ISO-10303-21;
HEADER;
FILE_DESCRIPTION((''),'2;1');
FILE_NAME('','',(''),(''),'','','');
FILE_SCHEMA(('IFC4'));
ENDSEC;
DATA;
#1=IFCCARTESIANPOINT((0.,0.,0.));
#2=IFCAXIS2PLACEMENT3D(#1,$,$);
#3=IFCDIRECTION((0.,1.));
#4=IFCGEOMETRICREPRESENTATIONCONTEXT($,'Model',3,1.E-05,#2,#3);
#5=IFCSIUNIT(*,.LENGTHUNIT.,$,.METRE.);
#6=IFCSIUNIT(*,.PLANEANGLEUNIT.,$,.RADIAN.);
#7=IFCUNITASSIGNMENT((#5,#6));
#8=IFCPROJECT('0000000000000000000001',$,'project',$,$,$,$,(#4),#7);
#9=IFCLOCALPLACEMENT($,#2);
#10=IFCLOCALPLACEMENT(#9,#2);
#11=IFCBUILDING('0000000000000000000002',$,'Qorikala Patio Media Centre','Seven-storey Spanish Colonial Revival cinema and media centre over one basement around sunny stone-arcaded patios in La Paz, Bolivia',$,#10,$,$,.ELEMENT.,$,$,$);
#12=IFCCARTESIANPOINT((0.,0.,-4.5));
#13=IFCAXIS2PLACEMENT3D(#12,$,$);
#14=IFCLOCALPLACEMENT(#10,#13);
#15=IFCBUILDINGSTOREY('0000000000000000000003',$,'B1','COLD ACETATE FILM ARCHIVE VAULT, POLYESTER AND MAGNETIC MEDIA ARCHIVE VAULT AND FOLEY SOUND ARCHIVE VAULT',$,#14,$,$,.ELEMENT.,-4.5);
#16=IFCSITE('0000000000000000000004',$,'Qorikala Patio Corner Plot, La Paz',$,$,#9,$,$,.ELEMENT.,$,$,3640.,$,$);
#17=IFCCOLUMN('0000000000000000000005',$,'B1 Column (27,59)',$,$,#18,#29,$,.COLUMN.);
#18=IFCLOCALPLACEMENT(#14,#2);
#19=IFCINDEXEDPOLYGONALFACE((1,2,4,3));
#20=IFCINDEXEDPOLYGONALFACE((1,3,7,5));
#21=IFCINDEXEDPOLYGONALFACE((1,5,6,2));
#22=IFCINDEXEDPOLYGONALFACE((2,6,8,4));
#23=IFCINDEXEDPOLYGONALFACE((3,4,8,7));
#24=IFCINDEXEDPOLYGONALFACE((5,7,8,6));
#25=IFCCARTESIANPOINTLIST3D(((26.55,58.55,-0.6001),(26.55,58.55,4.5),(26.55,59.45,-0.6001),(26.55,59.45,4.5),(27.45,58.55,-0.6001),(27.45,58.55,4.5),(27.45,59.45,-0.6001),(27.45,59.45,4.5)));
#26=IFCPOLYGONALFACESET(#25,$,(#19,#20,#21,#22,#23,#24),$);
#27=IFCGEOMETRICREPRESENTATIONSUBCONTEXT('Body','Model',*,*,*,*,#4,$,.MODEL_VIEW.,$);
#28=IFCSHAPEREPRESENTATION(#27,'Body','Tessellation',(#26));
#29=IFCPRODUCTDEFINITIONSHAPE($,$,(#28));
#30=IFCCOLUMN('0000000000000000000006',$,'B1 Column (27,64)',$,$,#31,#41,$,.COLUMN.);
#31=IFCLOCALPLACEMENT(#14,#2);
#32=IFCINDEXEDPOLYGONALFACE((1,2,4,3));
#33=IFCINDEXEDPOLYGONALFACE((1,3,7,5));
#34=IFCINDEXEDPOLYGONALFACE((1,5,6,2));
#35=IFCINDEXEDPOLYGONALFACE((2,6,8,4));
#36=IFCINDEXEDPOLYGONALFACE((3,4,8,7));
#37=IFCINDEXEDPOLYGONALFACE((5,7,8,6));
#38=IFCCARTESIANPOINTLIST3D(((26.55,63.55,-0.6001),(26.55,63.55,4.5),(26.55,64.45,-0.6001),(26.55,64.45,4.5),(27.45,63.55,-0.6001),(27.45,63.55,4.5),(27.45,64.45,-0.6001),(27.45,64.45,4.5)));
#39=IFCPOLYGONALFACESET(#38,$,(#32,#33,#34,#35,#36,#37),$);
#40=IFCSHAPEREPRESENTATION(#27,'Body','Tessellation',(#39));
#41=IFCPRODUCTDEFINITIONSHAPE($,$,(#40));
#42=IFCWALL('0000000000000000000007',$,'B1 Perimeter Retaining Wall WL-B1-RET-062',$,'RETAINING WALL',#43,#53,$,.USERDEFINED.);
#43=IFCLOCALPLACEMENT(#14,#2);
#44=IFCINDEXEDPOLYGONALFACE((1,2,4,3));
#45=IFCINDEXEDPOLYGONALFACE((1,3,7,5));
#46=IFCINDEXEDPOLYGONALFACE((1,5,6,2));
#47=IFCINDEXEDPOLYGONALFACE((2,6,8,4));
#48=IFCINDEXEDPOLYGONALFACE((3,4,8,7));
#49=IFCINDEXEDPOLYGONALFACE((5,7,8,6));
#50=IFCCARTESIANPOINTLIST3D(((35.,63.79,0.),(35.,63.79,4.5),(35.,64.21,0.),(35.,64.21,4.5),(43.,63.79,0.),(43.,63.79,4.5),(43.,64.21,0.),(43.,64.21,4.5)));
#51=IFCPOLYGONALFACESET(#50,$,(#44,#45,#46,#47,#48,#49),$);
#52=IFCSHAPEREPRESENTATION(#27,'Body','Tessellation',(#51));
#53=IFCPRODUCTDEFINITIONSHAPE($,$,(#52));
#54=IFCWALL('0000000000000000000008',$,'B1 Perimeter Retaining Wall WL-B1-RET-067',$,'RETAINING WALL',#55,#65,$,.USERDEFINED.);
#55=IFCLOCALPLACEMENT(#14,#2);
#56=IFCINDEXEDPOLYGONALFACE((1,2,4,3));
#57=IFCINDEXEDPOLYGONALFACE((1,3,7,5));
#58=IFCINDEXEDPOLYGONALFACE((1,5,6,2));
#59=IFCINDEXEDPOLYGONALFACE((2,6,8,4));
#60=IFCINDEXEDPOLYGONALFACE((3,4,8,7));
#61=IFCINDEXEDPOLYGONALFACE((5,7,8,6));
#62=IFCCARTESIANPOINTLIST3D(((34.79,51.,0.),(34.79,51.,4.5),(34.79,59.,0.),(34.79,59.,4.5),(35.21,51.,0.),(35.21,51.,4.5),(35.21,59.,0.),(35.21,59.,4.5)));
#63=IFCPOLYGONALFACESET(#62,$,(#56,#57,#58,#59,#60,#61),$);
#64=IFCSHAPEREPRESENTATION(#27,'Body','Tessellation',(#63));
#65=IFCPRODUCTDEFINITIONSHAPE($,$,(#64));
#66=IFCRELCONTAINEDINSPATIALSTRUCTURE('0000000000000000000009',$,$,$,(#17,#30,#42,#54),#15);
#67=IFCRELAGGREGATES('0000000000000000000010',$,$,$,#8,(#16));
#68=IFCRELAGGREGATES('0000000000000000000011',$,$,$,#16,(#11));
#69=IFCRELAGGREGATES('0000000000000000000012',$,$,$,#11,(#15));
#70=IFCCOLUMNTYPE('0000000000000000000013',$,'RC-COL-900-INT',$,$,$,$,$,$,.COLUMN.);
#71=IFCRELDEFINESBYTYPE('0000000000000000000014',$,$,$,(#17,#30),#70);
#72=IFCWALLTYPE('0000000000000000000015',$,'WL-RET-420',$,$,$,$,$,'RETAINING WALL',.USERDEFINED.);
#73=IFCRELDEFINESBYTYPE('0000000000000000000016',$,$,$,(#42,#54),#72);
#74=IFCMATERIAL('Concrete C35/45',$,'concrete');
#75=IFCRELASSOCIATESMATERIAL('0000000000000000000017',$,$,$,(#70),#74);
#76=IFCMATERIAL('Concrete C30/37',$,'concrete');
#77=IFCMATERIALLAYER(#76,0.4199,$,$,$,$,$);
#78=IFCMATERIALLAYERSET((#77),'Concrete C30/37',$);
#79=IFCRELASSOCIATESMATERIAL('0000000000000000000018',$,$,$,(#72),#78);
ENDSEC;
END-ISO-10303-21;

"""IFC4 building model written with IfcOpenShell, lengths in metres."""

from ifc_helpers import new_model, si_unit, direction, frame, frame_2d, origin, origin_2d, place, context, subcontext, project, spatial, rectangle, extrude, material, layer, layer_set, material_profile, profile_set, type_object, element, save


model = new_model("IFC4")

# Units and contexts
model_context = context("Model", 3, precision=1e-05, world=origin(), true_north=direction((0.0, 1.0)))
body_context = subcontext(model_context, "Body", "Model", "MODEL_VIEW")
ifc_project = project(units=[si_unit("LENGTHUNIT", "METRE"), si_unit("PLANEANGLEUNIT", "RADIAN")], contexts=[model_context])

# Site, building, storey
site_placement = place(None, origin())
site = spatial("IfcSite", under=ifc_project, at=site_placement, Name="Qorikala Patio Corner Plot, La Paz", CompositionType="ELEMENT", RefElevation=3640.0)
building_placement = place(site_placement, origin())
building = spatial("IfcBuilding", under=site, at=building_placement, Name="Qorikala Patio Media Centre", Description="Seven-storey Spanish Colonial Revival cinema and media centre over one basement around sunny stone-arcaded patios in La Paz, Bolivia", CompositionType="ELEMENT")
storey_placement = place(building_placement, frame((0.0, 0.0, -4.5)))
storey = spatial("IfcBuildingStorey", under=building, at=storey_placement, Name="B1", Description="COLD ACETATE FILM ARCHIVE VAULT, POLYESTER AND MAGNETIC MEDIA ARCHIVE VAULT AND FOLEY SOUND ARCHIVE VAULT", CompositionType="ELEMENT", Elevation=-4.5)

# Shared definitions
ifc_material_1 = material(Name="Concrete C30/37", Category="concrete")

# Columns
ifc_material_2 = material(Name="Concrete C35/45", Category="concrete")
ifc_material_profile_1 = material_profile(ifc_material_2, rectangle(XDim=0.8999, YDim=0.8999, at=origin_2d()), Name="RC 900x900")
ifc_profile_set_1 = profile_set([ifc_material_profile_1], Name="Concrete C35/45")
column_type_1 = type_object("IfcColumnType", Name="RC-COL-900-INT", PredefinedType="COLUMN", material=ifc_profile_set_1)
for number, where, z_axis, x_axis, name in (
    (1, (27.0, 59.0, -0.6001), (0.0, 0.0, 1.0), (1.0, 0.0, 0.0), "B1 Column (27,59)"),
    (2, (27.0, 64.0, -0.6001), (0.0, 0.0, 1.0), (1.0, 0.0, 0.0), "B1 Column (27,64)"),
):
    element("IfcColumn", number, at=place(storey_placement, frame(where, z_axis=z_axis, x_axis=x_axis)), inside=storey, type_object=column_type_1, Name=name, PredefinedType="COLUMN", context=body_context, shape_type="SweptSolid", body=[
        extrude(rectangle(XDim=0.8999, YDim=0.8999, at=origin_2d()), origin(), (0.0, 0.0, 1.0), 5.1001),
    ])

# Walls
ifc_layer_1 = layer(ifc_material_1, 0.4199)
ifc_layer_set_1 = layer_set([ifc_layer_1], Name="Concrete C30/37")
wall_type = type_object("IfcWallType", Name="WL-RET-420", ElementType="RETAINING WALL", PredefinedType="USERDEFINED", material=ifc_layer_set_1)
for number, where, z_axis, x_axis, name in (
    (3, (35.0, 64.0, 0.0), (0.0, 0.0, 1.0), (1.0, 0.0, 0.0), "B1 Perimeter Retaining Wall WL-B1-RET-062"),
    (4, (35.0, 59.0, 0.0), (0.0, 0.0, 1.0), (0.0, -1.0, 0.0), "B1 Perimeter Retaining Wall WL-B1-RET-067"),
):
    element("IfcWall", number, at=place(storey_placement, frame(where, z_axis=z_axis, x_axis=x_axis)), inside=storey, type_object=wall_type, Name=name, ObjectType="RETAINING WALL", PredefinedType="USERDEFINED", context=body_context, shape_type="SweptSolid", body=[
        extrude(rectangle(XDim=8.0, YDim=0.4199, at=frame_2d((4.0, 0.0))), origin(), (0.0, 0.0, 1.0), 4.5),
    ])

save(model, "model.ifc")
